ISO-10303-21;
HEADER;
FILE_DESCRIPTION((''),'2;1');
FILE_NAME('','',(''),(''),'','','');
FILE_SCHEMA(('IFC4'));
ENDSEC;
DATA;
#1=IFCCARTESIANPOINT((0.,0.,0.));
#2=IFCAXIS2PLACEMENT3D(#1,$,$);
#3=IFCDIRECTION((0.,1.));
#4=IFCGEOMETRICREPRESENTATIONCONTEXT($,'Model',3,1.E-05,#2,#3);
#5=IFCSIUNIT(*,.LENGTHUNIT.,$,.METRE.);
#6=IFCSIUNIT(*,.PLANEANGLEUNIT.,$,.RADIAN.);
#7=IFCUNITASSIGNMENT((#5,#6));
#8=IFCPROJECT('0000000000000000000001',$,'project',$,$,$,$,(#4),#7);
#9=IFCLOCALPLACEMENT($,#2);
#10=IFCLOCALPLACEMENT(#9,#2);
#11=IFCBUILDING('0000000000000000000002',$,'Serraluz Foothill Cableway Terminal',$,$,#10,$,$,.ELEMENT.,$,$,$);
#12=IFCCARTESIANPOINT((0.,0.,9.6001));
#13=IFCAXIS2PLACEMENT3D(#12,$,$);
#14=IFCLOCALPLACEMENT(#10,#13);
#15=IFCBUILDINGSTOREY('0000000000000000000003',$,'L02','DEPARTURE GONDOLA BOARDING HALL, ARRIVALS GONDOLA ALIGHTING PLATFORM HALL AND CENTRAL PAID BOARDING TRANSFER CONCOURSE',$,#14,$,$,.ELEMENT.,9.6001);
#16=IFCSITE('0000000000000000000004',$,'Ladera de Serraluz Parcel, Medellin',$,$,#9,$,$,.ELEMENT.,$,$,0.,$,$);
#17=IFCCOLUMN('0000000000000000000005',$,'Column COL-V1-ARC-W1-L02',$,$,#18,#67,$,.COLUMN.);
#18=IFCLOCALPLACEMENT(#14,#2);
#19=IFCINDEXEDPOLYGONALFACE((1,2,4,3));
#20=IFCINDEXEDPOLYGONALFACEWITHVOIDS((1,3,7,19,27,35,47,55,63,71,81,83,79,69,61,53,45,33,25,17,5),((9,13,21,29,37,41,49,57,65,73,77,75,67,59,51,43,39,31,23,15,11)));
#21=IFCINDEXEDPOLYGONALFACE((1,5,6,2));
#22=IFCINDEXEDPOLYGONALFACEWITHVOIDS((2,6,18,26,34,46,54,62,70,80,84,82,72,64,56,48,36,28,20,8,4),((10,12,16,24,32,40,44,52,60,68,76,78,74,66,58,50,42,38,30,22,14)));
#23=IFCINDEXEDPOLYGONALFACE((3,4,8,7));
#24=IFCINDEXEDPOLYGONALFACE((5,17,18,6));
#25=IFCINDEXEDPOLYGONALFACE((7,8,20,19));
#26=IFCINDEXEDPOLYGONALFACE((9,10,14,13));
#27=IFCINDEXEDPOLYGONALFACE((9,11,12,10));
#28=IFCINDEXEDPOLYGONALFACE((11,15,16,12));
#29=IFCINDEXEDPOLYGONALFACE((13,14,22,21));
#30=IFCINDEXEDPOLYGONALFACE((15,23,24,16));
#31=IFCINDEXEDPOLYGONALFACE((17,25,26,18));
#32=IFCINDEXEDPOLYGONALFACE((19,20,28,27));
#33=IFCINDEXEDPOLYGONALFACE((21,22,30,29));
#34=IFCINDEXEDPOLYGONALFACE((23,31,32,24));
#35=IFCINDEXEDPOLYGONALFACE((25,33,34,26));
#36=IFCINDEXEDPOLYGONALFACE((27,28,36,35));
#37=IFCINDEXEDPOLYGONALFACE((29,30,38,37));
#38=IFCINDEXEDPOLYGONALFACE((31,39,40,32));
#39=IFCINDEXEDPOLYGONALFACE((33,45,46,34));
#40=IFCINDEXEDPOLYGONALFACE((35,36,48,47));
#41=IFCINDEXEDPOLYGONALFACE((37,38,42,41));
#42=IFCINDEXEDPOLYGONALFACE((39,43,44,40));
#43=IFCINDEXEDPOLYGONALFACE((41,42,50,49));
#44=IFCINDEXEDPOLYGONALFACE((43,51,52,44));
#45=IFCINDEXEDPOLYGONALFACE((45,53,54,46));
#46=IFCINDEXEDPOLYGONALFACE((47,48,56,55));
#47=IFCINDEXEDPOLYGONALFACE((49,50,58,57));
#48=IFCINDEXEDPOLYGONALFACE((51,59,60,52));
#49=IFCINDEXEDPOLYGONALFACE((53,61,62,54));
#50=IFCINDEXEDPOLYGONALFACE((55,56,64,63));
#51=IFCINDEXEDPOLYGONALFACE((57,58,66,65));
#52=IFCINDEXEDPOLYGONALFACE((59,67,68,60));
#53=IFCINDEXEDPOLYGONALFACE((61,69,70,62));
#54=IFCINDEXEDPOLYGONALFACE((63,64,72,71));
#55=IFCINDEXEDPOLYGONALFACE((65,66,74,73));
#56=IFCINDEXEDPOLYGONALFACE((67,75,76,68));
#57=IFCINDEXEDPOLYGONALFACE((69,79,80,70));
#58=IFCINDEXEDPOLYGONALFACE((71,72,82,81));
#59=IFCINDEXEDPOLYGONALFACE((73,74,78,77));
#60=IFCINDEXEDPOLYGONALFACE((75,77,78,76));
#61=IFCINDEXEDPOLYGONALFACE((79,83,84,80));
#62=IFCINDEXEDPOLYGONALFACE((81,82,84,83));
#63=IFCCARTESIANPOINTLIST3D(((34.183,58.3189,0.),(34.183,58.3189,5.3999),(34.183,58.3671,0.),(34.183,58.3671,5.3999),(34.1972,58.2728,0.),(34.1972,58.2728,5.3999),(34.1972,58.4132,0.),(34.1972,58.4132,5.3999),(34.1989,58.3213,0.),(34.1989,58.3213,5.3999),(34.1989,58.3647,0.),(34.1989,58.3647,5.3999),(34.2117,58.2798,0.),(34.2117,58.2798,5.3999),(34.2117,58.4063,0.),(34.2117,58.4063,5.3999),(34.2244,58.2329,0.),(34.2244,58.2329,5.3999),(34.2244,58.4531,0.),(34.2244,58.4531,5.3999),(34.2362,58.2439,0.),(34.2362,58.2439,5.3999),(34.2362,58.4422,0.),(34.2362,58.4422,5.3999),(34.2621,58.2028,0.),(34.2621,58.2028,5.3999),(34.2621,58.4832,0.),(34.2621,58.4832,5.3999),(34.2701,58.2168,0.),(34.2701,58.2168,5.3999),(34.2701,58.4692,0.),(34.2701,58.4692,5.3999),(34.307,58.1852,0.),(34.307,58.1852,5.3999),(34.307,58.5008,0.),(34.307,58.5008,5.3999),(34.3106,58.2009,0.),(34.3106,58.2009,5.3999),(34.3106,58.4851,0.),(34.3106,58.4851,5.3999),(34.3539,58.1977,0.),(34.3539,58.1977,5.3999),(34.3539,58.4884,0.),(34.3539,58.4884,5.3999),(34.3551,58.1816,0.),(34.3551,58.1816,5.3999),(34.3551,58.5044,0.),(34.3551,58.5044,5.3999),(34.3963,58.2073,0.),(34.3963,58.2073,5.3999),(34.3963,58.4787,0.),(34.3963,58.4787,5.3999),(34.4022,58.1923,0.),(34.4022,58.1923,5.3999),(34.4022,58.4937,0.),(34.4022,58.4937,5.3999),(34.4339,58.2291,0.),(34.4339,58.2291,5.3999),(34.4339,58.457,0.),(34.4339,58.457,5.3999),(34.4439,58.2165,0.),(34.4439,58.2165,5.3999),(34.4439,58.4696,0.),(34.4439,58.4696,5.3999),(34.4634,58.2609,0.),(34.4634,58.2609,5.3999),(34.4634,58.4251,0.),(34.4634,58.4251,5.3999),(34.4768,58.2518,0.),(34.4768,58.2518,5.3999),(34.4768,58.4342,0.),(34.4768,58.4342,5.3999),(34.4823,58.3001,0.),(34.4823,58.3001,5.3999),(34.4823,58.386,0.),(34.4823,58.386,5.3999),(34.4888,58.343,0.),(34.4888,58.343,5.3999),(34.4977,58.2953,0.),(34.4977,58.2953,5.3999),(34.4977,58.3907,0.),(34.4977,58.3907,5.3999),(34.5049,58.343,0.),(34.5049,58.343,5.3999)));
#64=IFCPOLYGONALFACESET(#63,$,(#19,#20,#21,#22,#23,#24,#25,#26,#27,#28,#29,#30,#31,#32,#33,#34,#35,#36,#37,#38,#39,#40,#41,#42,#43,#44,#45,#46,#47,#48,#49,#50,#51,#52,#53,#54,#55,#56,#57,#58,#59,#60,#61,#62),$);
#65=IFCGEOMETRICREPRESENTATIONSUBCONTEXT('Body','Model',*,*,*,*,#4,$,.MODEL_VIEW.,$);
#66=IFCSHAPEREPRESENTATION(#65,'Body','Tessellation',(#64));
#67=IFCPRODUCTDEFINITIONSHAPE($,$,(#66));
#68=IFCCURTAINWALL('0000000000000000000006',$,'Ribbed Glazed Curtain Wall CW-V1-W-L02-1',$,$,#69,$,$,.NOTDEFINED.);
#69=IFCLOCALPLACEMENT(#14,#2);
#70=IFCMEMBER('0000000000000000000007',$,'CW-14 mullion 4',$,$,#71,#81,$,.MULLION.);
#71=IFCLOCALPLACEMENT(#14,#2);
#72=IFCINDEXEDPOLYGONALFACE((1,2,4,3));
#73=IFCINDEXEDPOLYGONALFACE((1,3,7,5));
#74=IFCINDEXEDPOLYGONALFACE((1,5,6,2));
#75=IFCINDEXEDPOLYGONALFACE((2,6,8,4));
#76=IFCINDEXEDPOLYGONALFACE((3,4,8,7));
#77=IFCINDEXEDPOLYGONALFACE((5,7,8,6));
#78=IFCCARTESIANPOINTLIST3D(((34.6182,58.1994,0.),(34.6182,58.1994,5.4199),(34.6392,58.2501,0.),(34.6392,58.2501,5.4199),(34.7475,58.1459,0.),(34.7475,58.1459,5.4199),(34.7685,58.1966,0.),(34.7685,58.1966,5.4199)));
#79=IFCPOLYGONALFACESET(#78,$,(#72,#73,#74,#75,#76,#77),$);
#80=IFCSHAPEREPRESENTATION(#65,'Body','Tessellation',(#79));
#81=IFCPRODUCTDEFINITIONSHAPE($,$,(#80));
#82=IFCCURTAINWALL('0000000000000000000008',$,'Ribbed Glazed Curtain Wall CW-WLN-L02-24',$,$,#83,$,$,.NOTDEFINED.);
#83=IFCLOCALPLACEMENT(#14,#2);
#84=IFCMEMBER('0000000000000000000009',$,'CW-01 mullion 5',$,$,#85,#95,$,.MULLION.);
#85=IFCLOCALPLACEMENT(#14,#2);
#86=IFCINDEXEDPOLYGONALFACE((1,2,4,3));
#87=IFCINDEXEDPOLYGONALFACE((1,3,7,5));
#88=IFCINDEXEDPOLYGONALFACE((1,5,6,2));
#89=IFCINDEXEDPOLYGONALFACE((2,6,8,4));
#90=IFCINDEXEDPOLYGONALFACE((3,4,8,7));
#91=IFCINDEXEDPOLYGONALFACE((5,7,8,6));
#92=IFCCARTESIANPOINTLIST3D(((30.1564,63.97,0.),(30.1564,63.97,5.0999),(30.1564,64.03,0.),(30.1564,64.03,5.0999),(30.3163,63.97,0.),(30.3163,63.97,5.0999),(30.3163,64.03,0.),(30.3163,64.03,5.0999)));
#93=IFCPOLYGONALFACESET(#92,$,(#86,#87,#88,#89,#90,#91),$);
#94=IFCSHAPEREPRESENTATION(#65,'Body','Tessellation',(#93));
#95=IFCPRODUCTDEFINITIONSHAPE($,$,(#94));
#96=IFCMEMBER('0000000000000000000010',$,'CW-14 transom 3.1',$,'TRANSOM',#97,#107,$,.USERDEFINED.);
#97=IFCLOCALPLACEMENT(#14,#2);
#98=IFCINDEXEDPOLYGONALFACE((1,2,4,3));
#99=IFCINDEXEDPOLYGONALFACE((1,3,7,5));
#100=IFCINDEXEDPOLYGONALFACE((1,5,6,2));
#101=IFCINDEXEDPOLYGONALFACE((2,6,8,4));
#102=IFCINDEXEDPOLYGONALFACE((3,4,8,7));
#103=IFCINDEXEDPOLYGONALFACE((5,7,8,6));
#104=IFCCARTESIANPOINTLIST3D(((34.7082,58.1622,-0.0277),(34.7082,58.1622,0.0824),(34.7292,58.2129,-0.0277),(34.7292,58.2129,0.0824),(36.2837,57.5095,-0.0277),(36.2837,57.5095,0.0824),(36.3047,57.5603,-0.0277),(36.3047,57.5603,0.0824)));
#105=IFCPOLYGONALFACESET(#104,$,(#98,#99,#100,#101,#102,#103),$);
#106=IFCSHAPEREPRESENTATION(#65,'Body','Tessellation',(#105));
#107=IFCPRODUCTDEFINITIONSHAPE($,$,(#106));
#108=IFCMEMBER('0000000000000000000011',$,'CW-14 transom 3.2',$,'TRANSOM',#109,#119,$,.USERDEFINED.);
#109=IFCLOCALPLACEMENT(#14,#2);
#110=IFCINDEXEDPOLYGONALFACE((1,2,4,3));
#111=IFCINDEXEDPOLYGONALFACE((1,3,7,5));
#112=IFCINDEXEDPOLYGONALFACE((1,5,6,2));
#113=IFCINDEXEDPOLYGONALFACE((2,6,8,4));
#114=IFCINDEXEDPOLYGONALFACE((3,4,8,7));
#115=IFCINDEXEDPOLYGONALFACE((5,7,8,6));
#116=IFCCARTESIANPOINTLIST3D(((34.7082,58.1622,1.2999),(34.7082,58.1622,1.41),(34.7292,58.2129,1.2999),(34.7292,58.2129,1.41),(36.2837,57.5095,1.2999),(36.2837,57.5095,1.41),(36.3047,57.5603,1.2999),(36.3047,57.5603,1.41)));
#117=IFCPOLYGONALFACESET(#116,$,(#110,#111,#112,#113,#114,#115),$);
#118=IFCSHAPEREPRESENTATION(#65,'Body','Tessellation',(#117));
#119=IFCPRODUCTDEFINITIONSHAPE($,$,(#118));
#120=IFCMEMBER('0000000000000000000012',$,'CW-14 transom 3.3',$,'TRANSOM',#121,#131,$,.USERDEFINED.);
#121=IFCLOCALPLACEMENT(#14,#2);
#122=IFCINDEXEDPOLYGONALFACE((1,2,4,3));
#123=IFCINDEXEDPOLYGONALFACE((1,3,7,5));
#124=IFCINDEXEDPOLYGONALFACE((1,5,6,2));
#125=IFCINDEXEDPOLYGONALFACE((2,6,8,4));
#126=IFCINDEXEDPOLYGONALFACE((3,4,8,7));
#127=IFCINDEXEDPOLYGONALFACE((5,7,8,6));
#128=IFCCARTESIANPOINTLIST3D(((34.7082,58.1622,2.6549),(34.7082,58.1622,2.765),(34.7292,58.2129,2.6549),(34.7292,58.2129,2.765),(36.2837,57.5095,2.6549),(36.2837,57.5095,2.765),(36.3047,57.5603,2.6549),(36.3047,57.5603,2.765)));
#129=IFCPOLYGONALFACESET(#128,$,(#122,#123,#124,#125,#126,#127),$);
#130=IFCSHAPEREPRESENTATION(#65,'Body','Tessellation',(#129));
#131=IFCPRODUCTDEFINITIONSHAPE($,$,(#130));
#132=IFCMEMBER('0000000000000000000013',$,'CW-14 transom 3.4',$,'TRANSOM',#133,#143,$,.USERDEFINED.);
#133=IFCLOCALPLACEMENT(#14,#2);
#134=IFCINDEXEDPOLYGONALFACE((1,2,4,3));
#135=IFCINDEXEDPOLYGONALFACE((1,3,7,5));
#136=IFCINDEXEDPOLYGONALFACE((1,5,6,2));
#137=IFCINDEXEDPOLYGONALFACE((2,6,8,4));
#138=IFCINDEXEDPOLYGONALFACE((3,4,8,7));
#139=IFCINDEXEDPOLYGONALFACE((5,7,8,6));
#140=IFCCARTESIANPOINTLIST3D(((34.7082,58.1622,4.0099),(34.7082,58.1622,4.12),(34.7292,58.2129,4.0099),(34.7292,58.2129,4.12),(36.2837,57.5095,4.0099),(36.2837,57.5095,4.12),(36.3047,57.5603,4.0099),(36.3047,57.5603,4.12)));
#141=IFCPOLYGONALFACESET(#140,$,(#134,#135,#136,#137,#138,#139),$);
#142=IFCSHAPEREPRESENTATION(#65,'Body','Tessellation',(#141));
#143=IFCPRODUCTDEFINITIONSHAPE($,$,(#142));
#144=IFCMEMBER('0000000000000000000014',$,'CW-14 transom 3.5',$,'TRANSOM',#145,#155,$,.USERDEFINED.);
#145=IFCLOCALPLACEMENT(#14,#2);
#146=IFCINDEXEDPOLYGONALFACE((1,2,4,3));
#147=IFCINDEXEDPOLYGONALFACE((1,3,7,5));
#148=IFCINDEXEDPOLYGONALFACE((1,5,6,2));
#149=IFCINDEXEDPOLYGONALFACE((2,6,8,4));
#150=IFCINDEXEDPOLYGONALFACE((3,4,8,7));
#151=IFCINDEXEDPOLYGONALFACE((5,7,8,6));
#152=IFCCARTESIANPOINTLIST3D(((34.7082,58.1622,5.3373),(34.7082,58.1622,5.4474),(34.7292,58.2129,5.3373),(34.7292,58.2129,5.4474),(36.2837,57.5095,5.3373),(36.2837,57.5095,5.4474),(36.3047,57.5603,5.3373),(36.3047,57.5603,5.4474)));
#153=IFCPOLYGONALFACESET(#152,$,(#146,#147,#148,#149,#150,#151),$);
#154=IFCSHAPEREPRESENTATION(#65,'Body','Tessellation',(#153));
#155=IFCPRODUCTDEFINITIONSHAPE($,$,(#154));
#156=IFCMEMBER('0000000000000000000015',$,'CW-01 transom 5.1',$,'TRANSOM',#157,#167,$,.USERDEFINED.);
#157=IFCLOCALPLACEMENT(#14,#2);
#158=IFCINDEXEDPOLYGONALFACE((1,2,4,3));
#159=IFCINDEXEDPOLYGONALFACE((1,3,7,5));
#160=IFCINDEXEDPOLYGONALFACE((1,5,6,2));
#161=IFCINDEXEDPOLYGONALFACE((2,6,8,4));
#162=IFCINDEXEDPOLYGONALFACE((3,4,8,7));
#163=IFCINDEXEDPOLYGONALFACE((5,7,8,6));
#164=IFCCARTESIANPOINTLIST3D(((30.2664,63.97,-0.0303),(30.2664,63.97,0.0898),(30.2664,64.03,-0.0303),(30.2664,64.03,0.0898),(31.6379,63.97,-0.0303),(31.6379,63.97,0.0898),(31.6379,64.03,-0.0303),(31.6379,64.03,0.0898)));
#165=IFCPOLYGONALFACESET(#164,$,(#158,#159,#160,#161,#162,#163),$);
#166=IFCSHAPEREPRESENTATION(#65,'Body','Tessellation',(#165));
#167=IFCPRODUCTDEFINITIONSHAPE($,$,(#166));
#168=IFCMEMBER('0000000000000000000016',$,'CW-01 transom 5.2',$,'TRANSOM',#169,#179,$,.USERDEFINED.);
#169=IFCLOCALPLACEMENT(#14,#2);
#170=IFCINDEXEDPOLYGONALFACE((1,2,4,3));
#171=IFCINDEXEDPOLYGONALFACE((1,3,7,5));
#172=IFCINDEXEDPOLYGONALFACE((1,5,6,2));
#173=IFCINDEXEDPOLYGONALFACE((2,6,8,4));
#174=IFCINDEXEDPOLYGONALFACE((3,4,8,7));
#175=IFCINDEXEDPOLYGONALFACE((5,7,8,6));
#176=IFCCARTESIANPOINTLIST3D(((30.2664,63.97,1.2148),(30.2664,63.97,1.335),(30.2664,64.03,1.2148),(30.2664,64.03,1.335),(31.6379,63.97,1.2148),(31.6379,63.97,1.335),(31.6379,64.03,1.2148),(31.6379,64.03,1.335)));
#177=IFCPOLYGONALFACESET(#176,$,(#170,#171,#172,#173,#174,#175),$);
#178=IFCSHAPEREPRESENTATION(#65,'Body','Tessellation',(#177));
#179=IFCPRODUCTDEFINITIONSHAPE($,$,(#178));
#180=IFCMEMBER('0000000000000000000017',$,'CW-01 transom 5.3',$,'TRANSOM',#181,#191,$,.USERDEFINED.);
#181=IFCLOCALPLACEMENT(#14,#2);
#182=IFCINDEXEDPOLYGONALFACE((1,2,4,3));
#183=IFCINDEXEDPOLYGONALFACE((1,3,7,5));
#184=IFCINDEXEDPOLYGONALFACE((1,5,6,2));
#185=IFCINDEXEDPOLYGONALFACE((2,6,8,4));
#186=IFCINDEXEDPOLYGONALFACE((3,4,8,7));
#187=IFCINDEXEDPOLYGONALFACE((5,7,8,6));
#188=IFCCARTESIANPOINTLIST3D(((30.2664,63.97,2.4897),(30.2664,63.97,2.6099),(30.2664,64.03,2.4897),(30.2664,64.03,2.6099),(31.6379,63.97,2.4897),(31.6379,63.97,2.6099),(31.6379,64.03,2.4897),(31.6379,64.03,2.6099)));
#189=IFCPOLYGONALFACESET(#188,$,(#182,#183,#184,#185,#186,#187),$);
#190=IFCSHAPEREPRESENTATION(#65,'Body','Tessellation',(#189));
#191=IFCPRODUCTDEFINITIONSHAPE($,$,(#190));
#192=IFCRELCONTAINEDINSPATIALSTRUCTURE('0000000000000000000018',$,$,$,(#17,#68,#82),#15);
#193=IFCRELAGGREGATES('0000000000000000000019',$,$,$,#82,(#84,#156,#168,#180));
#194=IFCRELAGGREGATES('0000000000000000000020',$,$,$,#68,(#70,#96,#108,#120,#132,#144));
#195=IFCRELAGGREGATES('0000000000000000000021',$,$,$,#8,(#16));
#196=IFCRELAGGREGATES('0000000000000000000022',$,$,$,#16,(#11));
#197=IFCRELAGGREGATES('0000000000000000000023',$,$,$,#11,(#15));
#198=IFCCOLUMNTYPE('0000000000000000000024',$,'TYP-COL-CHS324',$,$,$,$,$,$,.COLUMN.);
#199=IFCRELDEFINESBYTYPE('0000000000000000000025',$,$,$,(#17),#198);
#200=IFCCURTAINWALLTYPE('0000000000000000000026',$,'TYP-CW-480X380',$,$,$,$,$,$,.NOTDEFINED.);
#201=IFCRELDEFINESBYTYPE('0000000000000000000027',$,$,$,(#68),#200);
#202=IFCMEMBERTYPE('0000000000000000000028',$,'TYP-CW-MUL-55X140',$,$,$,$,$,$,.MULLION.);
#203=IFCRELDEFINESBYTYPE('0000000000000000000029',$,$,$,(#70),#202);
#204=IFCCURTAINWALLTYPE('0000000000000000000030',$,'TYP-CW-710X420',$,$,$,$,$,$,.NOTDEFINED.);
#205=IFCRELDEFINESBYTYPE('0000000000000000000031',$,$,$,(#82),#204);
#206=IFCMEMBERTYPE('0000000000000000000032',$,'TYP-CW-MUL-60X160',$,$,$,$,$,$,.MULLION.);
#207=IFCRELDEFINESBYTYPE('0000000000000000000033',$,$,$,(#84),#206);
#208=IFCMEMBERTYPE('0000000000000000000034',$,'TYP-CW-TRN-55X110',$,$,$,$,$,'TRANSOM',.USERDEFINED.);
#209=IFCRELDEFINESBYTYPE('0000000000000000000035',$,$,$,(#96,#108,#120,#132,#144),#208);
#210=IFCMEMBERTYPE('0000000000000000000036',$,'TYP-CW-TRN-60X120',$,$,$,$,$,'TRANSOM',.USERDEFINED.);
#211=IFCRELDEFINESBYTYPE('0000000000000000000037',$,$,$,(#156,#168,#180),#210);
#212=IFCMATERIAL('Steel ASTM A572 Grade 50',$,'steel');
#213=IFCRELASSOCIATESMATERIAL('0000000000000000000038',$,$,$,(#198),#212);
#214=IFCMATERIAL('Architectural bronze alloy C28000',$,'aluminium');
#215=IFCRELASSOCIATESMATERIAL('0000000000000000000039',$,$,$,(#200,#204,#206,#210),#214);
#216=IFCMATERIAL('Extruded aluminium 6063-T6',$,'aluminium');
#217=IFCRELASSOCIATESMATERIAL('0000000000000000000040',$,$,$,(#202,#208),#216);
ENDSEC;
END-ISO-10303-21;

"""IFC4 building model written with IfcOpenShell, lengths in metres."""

from ifc_helpers import new_model, si_unit, direction, frame, origin, origin_2d, place, context, subcontext, project, spatial, rectangle, hollow_circle, extrude, material, material_profile, profile_set, type_object, element, aggregate, save


model = new_model("IFC4")

# Units and contexts
model_context = context("Model", 3, precision=1e-05, world=origin(), true_north=direction((0.0, 1.0)))
body_context = subcontext(model_context, "Body", "Model", "MODEL_VIEW")
ifc_project = project(units=[si_unit("LENGTHUNIT", "METRE"), si_unit("PLANEANGLEUNIT", "RADIAN")], contexts=[model_context])

# Site, building, storey
site_placement = place(None, origin())
site = spatial("IfcSite", under=ifc_project, at=site_placement, Name="Ladera de Serraluz Parcel, Medellin", CompositionType="ELEMENT", RefElevation=0.0)
building_placement = place(site_placement, origin())
building = spatial("IfcBuilding", under=site, at=building_placement, Name="Serraluz Foothill Cableway Terminal", CompositionType="ELEMENT")
storey_placement = place(building_placement, frame((0.0, 0.0, 9.6001)))
storey = spatial("IfcBuildingStorey", under=building, at=storey_placement, Name="L02", Description="DEPARTURE GONDOLA BOARDING HALL, ARRIVALS GONDOLA ALIGHTING PLATFORM HALL AND CENTRAL PAID BOARDING TRANSFER CONCOURSE", CompositionType="ELEMENT", Elevation=9.6001)

# Column
ifc_material_1 = material(Name="Steel ASTM A572 Grade 50", Category="steel")
ifc_material_profile_1 = material_profile(ifc_material_1, hollow_circle(Radius=0.1619, WallThickness=0.0161, at=origin_2d()), Name="CHS324X16")
ifc_profile_set_1 = profile_set([ifc_material_profile_1], Name="Steel ASTM A572 Grade 50")
column_type = type_object("IfcColumnType", Name="TYP-COL-CHS324", PredefinedType="COLUMN", material=ifc_profile_set_1)
column_placement = place(storey_placement, frame((34.343, 58.343, 0.0), z_axis=(0.0, 0.0, 1.0), x_axis=(1.0, 0.0, 0.0)))
element("IfcColumn", 1, at=column_placement, inside=storey, type_object=column_type, Name="Column COL-V1-ARC-W1-L02", PredefinedType="COLUMN", context=body_context, shape_type="SweptSolid", body=[
    extrude(hollow_circle(Radius=0.1619, WallThickness=0.0161, at=origin_2d()), origin(), (0.0, 0.0, 1.0), 5.3999),
])

# Curtain walls, members
ifc_material_2 = material(Name="Architectural bronze alloy C28000", Category="aluminium")
curtain_wall_type_1 = type_object("IfcCurtainWallType", Name="TYP-CW-480X380", PredefinedType="NOTDEFINED", material=ifc_material_2)
curtain_wall_1_placement = place(storey_placement, origin())
curtain_wall_1 = element("IfcCurtainWall", 2, at=curtain_wall_1_placement, inside=storey, type_object=curtain_wall_type_1, Name="Ribbed Glazed Curtain Wall CW-V1-W-L02-1", PredefinedType="NOTDEFINED")
ifc_material_3 = material(Name="Extruded aluminium 6063-T6", Category="aluminium")
ifc_material_profile_2 = material_profile(ifc_material_3, rectangle(XDim=0.0549, YDim=0.1399, at=origin_2d()), Name="ALU MULLION 55x140")
ifc_profile_set_2 = profile_set([ifc_material_profile_2], Name="Extruded aluminium 6063-T6")
member_type_1 = type_object("IfcMemberType", Name="TYP-CW-MUL-55X140", PredefinedType="MULLION", material=ifc_profile_set_2)
member_1_placement = place(storey_placement, frame((34.6934, 58.198, 0.0), z_axis=(0.0, 0.0, 1.0), x_axis=(-0.382682, -0.92388, 0.0)))
member_1 = element("IfcMember", 3, at=member_1_placement, type_object=member_type_1, Name="CW-14 mullion 4", PredefinedType="MULLION", context=body_context, shape_type="SweptSolid", body=[
    extrude(rectangle(XDim=0.0549, YDim=0.1399, at=origin_2d()), origin(), (0.0, 0.0, 1.0), 5.4199),
])
curtain_wall_type_2 = type_object("IfcCurtainWallType", Name="TYP-CW-710X420", PredefinedType="NOTDEFINED", material=ifc_material_2)
curtain_wall_2_placement = place(storey_placement, origin())
curtain_wall_2 = element("IfcCurtainWall", 4, at=curtain_wall_2_placement, inside=storey, type_object=curtain_wall_type_2, Name="Ribbed Glazed Curtain Wall CW-WLN-L02-24", PredefinedType="NOTDEFINED")
ifc_material_profile_3 = material_profile(ifc_material_2, rectangle(XDim=0.0601, YDim=0.1599, at=origin_2d()), Name="ALU MULLION 60x160")
ifc_profile_set_3 = profile_set([ifc_material_profile_3], Name="Architectural bronze alloy C28000")
member_type_2 = type_object("IfcMemberType", Name="TYP-CW-MUL-60X160", PredefinedType="MULLION", material=ifc_profile_set_3)
member_2_placement = place(storey_placement, frame((30.2363, 64.0, 0.0), z_axis=(0.0, 0.0, 1.0), x_axis=(0.0, 1.0, 0.0)))
member_2 = element("IfcMember", 5, at=member_2_placement, type_object=member_type_2, Name="CW-01 mullion 5", PredefinedType="MULLION", context=body_context, shape_type="SweptSolid", body=[
    extrude(rectangle(XDim=0.0601, YDim=0.1599, at=origin_2d()), origin(), (0.0, 0.0, 1.0), 5.0999),
])

# Members
ifc_material_profile_4 = material_profile(ifc_material_3, rectangle(XDim=0.0549, YDim=0.1101, at=origin_2d()), Name="ALU TRANSOM 55x110")
ifc_profile_set_4 = profile_set([ifc_material_profile_4], Name="Extruded aluminium 6063-T6")
member_type_3 = type_object("IfcMemberType", Name="TYP-CW-TRN-55X110", ElementType="TRANSOM", PredefinedType="USERDEFINED", material=ifc_profile_set_4)
member_3_placement = place(storey_placement, frame((36.2942, 57.5349, 0.0273), z_axis=(-0.923875, 0.382693, 0.0), x_axis=(-0.382693, -0.923875, 0.0)))
member_3 = element("IfcMember", 6, at=member_3_placement, type_object=member_type_3, Name="CW-14 transom 3.1", ObjectType="TRANSOM", PredefinedType="USERDEFINED", context=body_context, shape_type="SweptSolid", body=[
    extrude(rectangle(XDim=0.0549, YDim=0.1101, at=origin_2d()), origin(), (0.0, 0.0, 1.0), 1.7053),
])
member_4_placement = place(storey_placement, frame((36.2942, 57.5349, 1.355), z_axis=(-0.923875, 0.382693, 0.0), x_axis=(-0.382693, -0.923875, 0.0)))
member_4 = element("IfcMember", 7, at=member_4_placement, type_object=member_type_3, Name="CW-14 transom 3.2", ObjectType="TRANSOM", PredefinedType="USERDEFINED", context=body_context, shape_type="SweptSolid", body=[
    extrude(rectangle(XDim=0.0549, YDim=0.1101, at=origin_2d()), origin(), (0.0, 0.0, 1.0), 1.7053),
])
member_5_placement = place(storey_placement, frame((36.2942, 57.5349, 2.71), z_axis=(-0.923875, 0.382693, 0.0), x_axis=(-0.382693, -0.923875, 0.0)))
member_5 = element("IfcMember", 8, at=member_5_placement, type_object=member_type_3, Name="CW-14 transom 3.3", ObjectType="TRANSOM", PredefinedType="USERDEFINED", context=body_context, shape_type="SweptSolid", body=[
    extrude(rectangle(XDim=0.0549, YDim=0.1101, at=origin_2d()), origin(), (0.0, 0.0, 1.0), 1.7053),
])
member_6_placement = place(storey_placement, frame((36.2942, 57.5349, 4.0649), z_axis=(-0.923875, 0.382693, 0.0), x_axis=(-0.382693, -0.923875, 0.0)))
member_6 = element("IfcMember", 9, at=member_6_placement, type_object=member_type_3, Name="CW-14 transom 3.4", ObjectType="TRANSOM", PredefinedType="USERDEFINED", context=body_context, shape_type="SweptSolid", body=[
    extrude(rectangle(XDim=0.0549, YDim=0.1101, at=origin_2d()), origin(), (0.0, 0.0, 1.0), 1.7053),
])
member_7_placement = place(storey_placement, frame((36.2942, 57.5349, 5.3923), z_axis=(-0.923875, 0.382693, 0.0), x_axis=(-0.382693, -0.923875, 0.0)))
member_7 = element("IfcMember", 10, at=member_7_placement, type_object=member_type_3, Name="CW-14 transom 3.5", ObjectType="TRANSOM", PredefinedType="USERDEFINED", context=body_context, shape_type="SweptSolid", body=[
    extrude(rectangle(XDim=0.0549, YDim=0.1101, at=origin_2d()), origin(), (0.0, 0.0, 1.0), 1.7053),
])
ifc_material_profile_5 = material_profile(ifc_material_2, rectangle(XDim=0.0601, YDim=0.1201, at=origin_2d()), Name="ALU TRANSOM 60x120")
ifc_profile_set_5 = profile_set([ifc_material_profile_5], Name="Architectural bronze alloy C28000")
member_type_4 = type_object("IfcMemberType", Name="TYP-CW-TRN-60X120", ElementType="TRANSOM", PredefinedType="USERDEFINED", material=ifc_profile_set_5)
member_8_placement = place(storey_placement, frame((30.2664, 64.0, 0.0298), z_axis=(1.0, 0.0, 0.0), x_axis=(0.0, 1.0, 0.0)))
member_8 = element("IfcMember", 11, at=member_8_placement, type_object=member_type_4, Name="CW-01 transom 5.1", ObjectType="TRANSOM", PredefinedType="USERDEFINED", context=body_context, shape_type="SweptSolid", body=[
    extrude(rectangle(XDim=0.0601, YDim=0.1201, at=origin_2d()), origin(), (0.0, 0.0, 1.0), 1.3716),
])
member_9_placement = place(storey_placement, frame((30.2664, 64.0, 1.2749), z_axis=(1.0, 0.0, 0.0), x_axis=(0.0, 1.0, 0.0)))
member_9 = element("IfcMember", 12, at=member_9_placement, type_object=member_type_4, Name="CW-01 transom 5.2", ObjectType="TRANSOM", PredefinedType="USERDEFINED", context=body_context, shape_type="SweptSolid", body=[
    extrude(rectangle(XDim=0.0601, YDim=0.1201, at=origin_2d()), origin(), (0.0, 0.0, 1.0), 1.3716),
])
member_10_placement = place(storey_placement, frame((30.2664, 64.0, 2.5498), z_axis=(1.0, 0.0, 0.0), x_axis=(0.0, 1.0, 0.0)))
member_10 = element("IfcMember", 13, at=member_10_placement, type_object=member_type_4, Name="CW-01 transom 5.3", ObjectType="TRANSOM", PredefinedType="USERDEFINED", context=body_context, shape_type="SweptSolid", body=[
    extrude(rectangle(XDim=0.0601, YDim=0.1201, at=origin_2d()), origin(), (0.0, 0.0, 1.0), 1.3716),
])

aggregate(curtain_wall_2, [member_2, member_8, member_9, member_10])
aggregate(curtain_wall_1, [member_1, member_3, member_4, member_5, member_6, member_7])

save(model, "model.ifc")
